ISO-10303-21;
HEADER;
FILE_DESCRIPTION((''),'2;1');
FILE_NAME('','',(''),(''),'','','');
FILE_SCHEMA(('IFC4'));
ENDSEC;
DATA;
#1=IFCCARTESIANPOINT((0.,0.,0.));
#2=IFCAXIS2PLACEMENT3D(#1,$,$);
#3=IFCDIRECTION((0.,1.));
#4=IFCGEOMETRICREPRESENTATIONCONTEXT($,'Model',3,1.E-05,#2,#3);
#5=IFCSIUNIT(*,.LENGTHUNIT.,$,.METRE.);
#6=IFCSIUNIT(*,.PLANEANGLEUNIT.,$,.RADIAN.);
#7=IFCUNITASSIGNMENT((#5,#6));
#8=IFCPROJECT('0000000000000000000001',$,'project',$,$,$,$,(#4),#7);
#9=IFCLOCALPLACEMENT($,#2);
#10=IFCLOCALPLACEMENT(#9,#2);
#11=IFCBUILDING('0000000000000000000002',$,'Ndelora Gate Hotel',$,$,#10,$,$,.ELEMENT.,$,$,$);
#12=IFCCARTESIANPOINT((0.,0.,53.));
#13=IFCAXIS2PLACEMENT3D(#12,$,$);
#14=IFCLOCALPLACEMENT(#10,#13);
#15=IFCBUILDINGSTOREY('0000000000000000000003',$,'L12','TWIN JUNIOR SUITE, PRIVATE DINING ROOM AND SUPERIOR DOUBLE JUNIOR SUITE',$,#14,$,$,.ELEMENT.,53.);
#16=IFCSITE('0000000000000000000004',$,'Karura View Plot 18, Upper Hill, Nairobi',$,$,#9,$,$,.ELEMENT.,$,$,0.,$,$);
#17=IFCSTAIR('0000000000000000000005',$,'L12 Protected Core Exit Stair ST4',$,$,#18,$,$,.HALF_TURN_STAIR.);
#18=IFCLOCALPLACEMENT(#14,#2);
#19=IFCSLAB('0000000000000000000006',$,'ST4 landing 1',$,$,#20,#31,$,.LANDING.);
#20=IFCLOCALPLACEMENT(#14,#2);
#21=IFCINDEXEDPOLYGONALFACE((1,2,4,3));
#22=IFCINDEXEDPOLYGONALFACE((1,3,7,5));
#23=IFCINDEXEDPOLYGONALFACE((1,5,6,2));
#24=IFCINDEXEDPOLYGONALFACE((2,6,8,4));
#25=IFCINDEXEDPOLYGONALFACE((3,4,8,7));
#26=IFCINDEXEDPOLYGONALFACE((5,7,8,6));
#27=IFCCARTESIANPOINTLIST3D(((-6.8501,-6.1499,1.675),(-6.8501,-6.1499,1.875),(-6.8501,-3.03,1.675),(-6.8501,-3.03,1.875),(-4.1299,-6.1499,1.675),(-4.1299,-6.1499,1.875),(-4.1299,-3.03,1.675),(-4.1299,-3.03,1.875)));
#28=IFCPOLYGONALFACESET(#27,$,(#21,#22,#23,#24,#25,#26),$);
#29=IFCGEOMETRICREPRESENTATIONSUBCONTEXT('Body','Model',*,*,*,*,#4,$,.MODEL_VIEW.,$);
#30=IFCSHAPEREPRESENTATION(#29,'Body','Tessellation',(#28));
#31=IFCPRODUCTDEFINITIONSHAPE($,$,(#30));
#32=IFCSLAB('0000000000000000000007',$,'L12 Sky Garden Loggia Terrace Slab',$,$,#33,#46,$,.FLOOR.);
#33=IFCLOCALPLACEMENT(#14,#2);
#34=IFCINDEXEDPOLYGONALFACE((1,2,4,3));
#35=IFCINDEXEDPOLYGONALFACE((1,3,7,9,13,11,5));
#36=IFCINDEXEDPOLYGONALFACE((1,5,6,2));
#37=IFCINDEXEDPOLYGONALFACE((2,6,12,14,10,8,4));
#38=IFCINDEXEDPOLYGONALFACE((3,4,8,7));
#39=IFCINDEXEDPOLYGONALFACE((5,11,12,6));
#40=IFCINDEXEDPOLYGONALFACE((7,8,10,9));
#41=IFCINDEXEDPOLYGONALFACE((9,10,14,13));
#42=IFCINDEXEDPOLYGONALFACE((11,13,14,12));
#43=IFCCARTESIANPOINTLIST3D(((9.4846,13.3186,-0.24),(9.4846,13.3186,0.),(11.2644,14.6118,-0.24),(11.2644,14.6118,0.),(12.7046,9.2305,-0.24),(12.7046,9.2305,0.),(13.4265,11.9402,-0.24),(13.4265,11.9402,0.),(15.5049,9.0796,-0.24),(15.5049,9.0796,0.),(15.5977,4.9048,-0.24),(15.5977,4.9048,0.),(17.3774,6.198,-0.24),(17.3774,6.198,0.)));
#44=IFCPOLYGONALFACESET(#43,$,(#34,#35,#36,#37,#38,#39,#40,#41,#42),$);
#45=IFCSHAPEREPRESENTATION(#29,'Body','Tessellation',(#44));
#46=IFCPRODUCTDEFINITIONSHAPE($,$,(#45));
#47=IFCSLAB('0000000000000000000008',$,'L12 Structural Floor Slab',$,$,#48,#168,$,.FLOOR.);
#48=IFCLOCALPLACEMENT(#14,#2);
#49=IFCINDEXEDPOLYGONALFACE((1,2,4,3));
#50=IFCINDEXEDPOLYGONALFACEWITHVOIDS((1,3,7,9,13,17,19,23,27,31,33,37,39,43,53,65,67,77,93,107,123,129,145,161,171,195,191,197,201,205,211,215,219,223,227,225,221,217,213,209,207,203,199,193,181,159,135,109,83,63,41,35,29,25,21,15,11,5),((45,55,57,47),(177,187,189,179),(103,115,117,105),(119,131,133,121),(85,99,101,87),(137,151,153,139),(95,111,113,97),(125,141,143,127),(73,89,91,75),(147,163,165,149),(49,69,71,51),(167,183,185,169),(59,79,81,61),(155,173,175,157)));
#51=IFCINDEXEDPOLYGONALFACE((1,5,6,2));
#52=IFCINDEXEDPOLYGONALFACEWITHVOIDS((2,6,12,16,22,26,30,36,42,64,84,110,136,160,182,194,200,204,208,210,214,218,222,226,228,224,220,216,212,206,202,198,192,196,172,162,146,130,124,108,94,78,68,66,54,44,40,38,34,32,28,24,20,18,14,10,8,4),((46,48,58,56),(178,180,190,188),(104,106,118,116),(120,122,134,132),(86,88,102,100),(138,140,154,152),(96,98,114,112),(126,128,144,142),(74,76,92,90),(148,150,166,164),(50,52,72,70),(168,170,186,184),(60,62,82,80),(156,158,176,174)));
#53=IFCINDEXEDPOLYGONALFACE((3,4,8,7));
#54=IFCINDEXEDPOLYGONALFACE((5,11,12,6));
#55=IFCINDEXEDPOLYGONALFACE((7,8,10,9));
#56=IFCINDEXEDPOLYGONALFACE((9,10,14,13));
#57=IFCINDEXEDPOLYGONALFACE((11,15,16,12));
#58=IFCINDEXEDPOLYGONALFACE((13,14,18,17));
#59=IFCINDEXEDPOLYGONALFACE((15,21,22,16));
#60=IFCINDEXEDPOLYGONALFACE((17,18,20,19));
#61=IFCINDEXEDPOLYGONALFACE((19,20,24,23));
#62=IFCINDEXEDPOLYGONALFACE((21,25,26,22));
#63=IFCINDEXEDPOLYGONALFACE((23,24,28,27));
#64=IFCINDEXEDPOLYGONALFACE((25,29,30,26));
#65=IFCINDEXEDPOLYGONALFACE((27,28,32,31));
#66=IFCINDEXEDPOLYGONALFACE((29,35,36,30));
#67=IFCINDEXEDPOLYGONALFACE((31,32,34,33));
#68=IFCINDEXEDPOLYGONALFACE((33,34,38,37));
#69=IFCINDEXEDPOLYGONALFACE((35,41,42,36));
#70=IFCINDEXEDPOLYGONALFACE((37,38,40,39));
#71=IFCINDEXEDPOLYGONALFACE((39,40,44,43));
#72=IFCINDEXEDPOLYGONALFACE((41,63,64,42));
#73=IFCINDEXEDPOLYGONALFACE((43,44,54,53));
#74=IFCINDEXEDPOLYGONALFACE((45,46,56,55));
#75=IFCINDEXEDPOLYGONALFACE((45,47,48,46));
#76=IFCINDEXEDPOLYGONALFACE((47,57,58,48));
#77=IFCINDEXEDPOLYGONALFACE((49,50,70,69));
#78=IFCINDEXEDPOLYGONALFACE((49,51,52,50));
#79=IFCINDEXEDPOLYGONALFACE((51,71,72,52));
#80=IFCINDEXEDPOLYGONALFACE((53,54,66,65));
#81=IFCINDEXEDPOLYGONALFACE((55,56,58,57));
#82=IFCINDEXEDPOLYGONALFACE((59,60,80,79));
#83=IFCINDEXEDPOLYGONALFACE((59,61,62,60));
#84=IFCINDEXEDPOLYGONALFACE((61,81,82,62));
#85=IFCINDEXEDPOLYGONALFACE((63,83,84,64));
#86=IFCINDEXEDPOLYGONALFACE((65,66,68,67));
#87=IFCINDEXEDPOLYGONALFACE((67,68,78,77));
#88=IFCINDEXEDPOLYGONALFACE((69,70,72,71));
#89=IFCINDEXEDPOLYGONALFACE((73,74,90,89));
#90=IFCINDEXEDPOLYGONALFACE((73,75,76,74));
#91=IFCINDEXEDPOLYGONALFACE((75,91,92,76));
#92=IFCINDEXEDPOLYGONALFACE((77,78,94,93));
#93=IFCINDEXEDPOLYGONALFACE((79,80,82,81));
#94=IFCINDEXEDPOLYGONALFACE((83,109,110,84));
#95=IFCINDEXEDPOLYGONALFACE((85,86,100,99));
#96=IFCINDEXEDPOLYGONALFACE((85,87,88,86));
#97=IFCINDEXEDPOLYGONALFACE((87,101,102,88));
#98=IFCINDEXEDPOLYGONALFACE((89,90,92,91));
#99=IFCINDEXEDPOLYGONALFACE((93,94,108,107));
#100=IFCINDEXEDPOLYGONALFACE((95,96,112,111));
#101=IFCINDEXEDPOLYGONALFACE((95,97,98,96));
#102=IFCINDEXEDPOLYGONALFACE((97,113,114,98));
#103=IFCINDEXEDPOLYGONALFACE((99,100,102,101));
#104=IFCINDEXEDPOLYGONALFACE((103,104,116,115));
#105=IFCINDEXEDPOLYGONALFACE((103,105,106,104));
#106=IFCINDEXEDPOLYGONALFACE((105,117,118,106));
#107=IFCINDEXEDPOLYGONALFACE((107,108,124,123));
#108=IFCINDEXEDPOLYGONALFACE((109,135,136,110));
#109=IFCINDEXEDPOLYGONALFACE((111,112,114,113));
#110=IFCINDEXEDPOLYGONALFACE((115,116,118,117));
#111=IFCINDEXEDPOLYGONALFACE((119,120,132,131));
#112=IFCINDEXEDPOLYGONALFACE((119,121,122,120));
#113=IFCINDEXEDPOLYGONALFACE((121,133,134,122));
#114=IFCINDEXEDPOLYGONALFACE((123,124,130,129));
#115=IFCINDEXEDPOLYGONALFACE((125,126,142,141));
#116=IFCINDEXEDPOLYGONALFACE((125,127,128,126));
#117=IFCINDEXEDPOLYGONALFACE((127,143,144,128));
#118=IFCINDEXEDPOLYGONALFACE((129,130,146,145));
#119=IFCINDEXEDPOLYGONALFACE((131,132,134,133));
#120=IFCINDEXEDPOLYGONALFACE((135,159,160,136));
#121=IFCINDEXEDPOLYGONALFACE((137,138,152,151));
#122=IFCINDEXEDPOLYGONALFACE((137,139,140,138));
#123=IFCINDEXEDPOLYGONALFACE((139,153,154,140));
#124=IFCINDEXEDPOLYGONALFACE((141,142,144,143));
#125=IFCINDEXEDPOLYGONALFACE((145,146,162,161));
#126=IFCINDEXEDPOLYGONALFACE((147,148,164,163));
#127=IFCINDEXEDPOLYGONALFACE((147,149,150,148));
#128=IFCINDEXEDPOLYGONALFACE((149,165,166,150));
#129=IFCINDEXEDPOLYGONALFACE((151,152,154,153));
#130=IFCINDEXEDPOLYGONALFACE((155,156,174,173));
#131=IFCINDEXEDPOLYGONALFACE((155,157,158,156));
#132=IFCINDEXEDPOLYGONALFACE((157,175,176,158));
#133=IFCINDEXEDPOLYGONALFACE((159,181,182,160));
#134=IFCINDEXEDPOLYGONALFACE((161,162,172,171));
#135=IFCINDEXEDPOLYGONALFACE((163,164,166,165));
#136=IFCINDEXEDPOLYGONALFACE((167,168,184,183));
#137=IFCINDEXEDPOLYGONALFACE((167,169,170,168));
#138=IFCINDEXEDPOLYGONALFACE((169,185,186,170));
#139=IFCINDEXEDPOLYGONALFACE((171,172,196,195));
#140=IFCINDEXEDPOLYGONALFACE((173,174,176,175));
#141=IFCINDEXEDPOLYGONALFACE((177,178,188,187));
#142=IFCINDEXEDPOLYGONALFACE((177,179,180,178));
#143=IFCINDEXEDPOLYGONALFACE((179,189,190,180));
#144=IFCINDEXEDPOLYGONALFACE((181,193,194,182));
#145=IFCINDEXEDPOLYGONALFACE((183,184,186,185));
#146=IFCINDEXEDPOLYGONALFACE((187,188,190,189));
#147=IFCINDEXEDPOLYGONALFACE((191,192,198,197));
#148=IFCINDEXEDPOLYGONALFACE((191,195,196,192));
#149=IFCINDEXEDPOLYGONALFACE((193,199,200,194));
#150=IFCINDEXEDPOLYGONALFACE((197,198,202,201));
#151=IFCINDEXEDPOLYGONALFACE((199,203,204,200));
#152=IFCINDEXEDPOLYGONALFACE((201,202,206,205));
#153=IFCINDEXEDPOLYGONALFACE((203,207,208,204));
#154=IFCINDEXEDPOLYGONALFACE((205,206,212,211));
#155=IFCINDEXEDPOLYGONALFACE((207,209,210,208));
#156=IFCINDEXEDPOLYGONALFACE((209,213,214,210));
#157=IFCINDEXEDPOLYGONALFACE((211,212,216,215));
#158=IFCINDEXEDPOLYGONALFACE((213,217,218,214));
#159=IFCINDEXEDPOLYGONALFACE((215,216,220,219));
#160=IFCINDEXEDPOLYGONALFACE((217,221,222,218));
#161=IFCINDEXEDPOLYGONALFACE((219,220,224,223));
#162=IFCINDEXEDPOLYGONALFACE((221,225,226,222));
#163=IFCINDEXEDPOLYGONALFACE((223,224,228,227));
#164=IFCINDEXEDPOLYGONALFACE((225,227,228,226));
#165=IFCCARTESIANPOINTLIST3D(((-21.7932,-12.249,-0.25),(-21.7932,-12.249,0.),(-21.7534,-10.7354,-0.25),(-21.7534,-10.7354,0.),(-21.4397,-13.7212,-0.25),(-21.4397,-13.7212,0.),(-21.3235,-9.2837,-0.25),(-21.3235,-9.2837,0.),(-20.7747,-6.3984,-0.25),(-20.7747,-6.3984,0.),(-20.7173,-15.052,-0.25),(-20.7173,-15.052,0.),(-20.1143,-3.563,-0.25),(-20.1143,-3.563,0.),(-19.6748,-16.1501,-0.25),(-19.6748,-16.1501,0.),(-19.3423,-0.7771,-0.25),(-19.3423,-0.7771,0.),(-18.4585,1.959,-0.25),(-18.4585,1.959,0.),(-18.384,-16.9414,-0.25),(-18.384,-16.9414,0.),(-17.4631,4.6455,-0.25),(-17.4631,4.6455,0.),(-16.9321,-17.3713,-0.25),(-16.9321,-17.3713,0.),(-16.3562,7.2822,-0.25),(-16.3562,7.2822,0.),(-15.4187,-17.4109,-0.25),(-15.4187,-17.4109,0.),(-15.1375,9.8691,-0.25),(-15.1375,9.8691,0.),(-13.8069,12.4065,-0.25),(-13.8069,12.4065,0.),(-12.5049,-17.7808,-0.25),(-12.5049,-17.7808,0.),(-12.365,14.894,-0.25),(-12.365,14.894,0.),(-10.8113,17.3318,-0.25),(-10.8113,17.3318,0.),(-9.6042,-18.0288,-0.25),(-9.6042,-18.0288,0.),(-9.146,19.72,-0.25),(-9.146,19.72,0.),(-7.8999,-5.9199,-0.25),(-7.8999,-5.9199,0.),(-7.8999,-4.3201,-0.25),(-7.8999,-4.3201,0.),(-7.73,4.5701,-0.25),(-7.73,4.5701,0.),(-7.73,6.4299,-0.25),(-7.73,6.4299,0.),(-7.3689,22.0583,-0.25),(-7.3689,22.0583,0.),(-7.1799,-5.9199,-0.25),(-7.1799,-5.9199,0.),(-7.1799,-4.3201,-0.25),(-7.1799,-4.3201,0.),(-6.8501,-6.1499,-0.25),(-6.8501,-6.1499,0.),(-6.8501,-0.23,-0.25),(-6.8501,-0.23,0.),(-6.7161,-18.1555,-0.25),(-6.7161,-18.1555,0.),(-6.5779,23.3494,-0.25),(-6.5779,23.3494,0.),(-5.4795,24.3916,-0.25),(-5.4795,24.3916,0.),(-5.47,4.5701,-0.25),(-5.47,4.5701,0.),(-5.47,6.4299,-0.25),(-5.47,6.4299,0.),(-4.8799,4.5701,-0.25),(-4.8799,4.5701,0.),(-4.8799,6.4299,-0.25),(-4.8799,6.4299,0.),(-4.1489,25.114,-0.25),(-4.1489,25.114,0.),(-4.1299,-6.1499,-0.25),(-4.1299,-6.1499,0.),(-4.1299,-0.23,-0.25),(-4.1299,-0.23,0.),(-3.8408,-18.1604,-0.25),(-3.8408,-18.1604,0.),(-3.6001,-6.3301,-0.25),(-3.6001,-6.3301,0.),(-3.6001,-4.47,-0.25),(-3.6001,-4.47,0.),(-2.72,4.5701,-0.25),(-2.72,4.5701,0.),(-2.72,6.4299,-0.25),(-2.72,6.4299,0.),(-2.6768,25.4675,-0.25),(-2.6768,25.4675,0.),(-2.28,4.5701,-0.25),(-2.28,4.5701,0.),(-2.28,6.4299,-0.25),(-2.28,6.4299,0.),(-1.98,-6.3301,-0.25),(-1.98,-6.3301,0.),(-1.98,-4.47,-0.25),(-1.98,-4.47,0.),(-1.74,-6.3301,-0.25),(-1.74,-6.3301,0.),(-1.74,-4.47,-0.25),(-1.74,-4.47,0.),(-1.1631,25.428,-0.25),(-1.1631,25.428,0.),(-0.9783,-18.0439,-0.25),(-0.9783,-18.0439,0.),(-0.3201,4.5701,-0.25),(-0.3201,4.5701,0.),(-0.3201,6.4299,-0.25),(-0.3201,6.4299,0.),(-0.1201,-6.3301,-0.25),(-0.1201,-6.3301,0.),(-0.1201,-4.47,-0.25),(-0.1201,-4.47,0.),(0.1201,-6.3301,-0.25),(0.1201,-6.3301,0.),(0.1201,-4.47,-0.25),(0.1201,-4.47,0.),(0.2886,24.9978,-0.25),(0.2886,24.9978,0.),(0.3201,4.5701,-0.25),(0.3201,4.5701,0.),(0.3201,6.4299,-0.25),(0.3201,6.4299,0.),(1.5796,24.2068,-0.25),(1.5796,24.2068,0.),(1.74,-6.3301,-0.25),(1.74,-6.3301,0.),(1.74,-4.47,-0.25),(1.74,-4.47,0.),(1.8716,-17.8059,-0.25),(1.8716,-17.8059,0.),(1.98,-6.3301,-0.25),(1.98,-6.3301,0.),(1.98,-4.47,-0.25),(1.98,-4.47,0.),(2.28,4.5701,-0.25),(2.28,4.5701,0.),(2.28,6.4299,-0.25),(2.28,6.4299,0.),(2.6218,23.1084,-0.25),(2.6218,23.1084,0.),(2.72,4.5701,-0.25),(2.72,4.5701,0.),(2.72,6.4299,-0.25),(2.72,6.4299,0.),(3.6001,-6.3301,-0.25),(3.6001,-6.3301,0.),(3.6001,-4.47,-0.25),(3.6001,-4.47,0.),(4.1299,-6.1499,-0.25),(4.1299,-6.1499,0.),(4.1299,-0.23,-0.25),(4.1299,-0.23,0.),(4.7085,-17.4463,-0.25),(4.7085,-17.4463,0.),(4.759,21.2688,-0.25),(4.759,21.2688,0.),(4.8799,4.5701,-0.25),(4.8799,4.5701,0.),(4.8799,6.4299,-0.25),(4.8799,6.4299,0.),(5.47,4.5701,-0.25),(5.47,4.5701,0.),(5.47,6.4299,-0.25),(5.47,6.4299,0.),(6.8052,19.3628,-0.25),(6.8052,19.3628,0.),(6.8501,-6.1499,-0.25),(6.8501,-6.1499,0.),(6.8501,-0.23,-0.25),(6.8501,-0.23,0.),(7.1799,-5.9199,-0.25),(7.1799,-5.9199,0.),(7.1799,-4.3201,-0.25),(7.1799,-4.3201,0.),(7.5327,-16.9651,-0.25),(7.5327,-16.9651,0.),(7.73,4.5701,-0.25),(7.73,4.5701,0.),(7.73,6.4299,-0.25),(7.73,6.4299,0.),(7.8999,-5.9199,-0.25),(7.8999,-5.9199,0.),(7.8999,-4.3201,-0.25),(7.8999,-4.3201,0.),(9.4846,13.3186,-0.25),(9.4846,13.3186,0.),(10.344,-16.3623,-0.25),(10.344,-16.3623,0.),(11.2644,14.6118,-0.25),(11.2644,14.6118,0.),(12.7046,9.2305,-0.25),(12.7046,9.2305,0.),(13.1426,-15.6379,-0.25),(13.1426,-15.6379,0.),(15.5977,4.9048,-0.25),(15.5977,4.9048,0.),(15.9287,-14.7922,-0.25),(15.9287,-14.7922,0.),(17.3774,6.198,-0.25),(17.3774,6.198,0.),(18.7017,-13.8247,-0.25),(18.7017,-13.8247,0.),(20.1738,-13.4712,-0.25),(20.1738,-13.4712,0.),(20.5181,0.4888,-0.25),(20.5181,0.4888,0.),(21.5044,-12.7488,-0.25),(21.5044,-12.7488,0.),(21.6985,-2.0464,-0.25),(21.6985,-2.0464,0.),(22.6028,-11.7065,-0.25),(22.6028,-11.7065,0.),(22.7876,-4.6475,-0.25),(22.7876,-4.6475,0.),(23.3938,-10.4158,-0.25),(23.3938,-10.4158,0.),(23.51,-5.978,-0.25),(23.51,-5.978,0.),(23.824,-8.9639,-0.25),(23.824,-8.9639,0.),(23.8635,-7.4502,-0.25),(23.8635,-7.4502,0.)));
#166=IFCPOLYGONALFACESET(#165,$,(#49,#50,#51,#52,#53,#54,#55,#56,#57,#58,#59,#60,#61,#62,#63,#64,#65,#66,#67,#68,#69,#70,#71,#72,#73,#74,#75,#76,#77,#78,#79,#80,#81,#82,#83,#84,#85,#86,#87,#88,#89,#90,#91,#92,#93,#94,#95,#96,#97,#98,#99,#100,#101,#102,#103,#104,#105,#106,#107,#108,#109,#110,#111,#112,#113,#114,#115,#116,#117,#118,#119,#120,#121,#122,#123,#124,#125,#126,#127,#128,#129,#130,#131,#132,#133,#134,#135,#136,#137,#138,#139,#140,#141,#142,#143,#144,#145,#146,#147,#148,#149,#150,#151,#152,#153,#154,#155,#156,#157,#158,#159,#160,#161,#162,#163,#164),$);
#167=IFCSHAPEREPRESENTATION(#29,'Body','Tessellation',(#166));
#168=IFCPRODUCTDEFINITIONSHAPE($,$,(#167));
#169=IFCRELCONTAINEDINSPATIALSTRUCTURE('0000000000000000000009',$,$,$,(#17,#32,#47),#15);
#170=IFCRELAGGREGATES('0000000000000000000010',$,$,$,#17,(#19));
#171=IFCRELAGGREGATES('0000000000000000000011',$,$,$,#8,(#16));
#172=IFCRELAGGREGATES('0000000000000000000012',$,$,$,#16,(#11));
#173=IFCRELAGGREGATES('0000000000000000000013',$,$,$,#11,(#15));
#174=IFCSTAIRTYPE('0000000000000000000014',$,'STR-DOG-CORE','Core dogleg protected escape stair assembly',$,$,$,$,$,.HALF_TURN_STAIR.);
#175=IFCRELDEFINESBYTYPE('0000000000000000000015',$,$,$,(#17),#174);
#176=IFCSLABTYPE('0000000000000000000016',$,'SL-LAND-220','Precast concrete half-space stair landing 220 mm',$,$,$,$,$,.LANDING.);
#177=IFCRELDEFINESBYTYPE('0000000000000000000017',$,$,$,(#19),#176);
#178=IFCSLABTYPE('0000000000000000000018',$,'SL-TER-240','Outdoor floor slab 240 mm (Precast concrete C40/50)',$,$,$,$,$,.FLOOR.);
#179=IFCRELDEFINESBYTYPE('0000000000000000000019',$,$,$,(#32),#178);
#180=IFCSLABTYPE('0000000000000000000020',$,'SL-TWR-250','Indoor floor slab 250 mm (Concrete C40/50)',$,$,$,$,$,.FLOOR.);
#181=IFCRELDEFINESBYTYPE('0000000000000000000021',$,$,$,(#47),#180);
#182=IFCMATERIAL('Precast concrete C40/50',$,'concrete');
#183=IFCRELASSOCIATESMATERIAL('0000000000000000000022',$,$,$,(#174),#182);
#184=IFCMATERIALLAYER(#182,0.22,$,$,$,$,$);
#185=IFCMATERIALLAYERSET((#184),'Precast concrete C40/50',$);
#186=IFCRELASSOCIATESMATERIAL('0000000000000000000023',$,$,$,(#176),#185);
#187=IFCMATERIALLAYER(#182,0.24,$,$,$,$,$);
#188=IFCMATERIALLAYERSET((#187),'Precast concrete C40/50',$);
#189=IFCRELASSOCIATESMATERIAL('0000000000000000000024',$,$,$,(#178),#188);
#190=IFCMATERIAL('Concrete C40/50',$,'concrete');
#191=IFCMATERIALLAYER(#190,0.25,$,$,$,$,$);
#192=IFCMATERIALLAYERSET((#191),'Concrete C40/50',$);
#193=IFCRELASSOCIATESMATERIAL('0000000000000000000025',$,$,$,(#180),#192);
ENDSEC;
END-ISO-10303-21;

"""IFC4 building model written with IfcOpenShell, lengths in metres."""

from ifc_helpers import new_model, si_unit, direction, frame, origin, place, context, subcontext, project, spatial, polyline, outline, extrude, material, layer, layer_set, type_object, element, aggregate, save


model = new_model("IFC4")

# Units and contexts
model_context = context("Model", 3, precision=1e-05, world=origin(), true_north=direction((0.0, 1.0)))
body_context = subcontext(model_context, "Body", "Model", "MODEL_VIEW")
ifc_project = project(units=[si_unit("LENGTHUNIT", "METRE"), si_unit("PLANEANGLEUNIT", "RADIAN")], contexts=[model_context])

# Site, building, storey
site_placement = place(None, origin())
site = spatial("IfcSite", under=ifc_project, at=site_placement, Name="Karura View Plot 18, Upper Hill, Nairobi", CompositionType="ELEMENT", RefElevation=0.0)
building_placement = place(site_placement, origin())
building = spatial("IfcBuilding", under=site, at=building_placement, Name="Ndelora Gate Hotel", CompositionType="ELEMENT")
storey_placement = place(building_placement, frame((0.0, 0.0, 53.0)))
storey = spatial("IfcBuildingStorey", under=building, at=storey_placement, Name="L12", Description="TWIN JUNIOR SUITE, PRIVATE DINING ROOM AND SUPERIOR DOUBLE JUNIOR SUITE", CompositionType="ELEMENT", Elevation=53.0)

# Stair, slab
ifc_material_1 = material(Name="Precast concrete C40/50", Category="concrete")
stair_type = type_object("IfcStairType", Name="STR-DOG-CORE", Description="Core dogleg protected escape stair assembly", PredefinedType="HALF_TURN_STAIR", material=ifc_material_1)
stair_placement = place(storey_placement, origin())
stair = element("IfcStair", 1, at=stair_placement, inside=storey, type_object=stair_type, Name="L12 Protected Core Exit Stair ST4", PredefinedType="HALF_TURN_STAIR")
ifc_layer_1 = layer(ifc_material_1, 0.22)
ifc_layer_set_1 = layer_set([ifc_layer_1], Name="Precast concrete C40/50")
slab_type_1 = type_object("IfcSlabType", Name="SL-LAND-220", Description="Precast concrete half-space stair landing 220 mm", PredefinedType="LANDING", material=ifc_layer_set_1)
slab_1_placement = place(storey_placement, frame((0.0, 0.0, 1.675)))
slab_1 = element("IfcSlab", 2, at=slab_1_placement, type_object=slab_type_1, Name="ST4 landing 1", PredefinedType="LANDING", context=body_context, shape_type="SweptSolid", body=[
    extrude(outline(polyline([(-6.8501, -3.03), (-6.8501, -6.1499), (-4.1299, -6.1499), (-4.1299, -3.03), (-6.8501, -3.03)])), origin(), (0.0, 0.0, 1.0), 0.2),
])

# Slabs
ifc_layer_2 = layer(ifc_material_1, 0.24)
ifc_layer_set_2 = layer_set([ifc_layer_2], Name="Precast concrete C40/50")
slab_type_2 = type_object("IfcSlabType", Name="SL-TER-240", Description="Outdoor floor slab 240 mm (Precast concrete C40/50)", PredefinedType="FLOOR", material=ifc_layer_set_2)
slab_2_placement = place(storey_placement, frame((0.0, 0.0, -0.24)))
element("IfcSlab", 3, at=slab_2_placement, inside=storey, type_object=slab_type_2, Name="L12 Sky Garden Loggia Terrace Slab", PredefinedType="FLOOR", context=body_context, shape_type="SweptSolid", body=[
    extrude(outline(polyline([(15.5977, 4.9048), (17.3774, 6.198), (15.5049, 9.0796), (13.4265, 11.9402), (11.2644, 14.6118), (9.4846, 13.3186), (12.7046, 9.2305), (15.5977, 4.9048)])), origin(), (0.0, 0.0, 1.0), 0.24),
])
ifc_material_2 = material(Name="Concrete C40/50", Category="concrete")
ifc_layer_3 = layer(ifc_material_2, 0.25)
ifc_layer_set_3 = layer_set([ifc_layer_3], Name="Concrete C40/50")
slab_type_3 = type_object("IfcSlabType", Name="SL-TWR-250", Description="Indoor floor slab 250 mm (Concrete C40/50)", PredefinedType="FLOOR", material=ifc_layer_set_3)
slab_3_placement = place(storey_placement, frame((0.0, 0.0, -0.25)))
element("IfcSlab", 4, at=slab_3_placement, inside=storey, type_object=slab_type_3, Name="L12 Structural Floor Slab", PredefinedType="FLOOR", context=body_context, shape_type="SweptSolid", body=[
    extrude(outline(polyline([(2.6218, 23.1084), (1.5796, 24.2068), (0.2886, 24.9978), (-1.1631, 25.428), (-2.6768, 25.4675), (-4.1489, 25.114), (-5.4795, 24.3916), (-6.5779, 23.3494), (-7.3689, 22.0583), (-9.146, 19.72), (-10.8113, 17.3318), (-12.365, 14.894), (-13.8069, 12.4065), (-15.1375, 9.8691), (-16.3562, 7.2822), (-17.4631, 4.6455), (-18.4585, 1.959), (-19.3423, -0.7771), (-20.1143, -3.563), (-20.7747, -6.3984), (-21.3235, -9.2837), (-21.7534, -10.7354), (-21.7932, -12.249), (-21.4397, -13.7212), (-20.7173, -15.052), (-19.6748, -16.1501), (-18.384, -16.9414), (-16.9321, -17.3713), (-15.4187, -17.4109), (-12.5049, -17.7808), (-9.6042, -18.0288), (-6.7161, -18.1555), (-3.8408, -18.1604), (-0.9783, -18.0439), (1.8716, -17.8059), (4.7085, -17.4463), (7.5327, -16.9651), (10.344, -16.3623), (13.1426, -15.6379), (15.9287, -14.7922), (18.7017, -13.8247), (20.1738, -13.4712), (21.5044, -12.7488), (22.6028, -11.7065), (23.3938, -10.4158), (23.824, -8.9639), (23.8635, -7.4502), (23.51, -5.978), (22.7876, -4.6475), (21.6985, -2.0464), (20.5181, 0.4888), (17.3774, 6.198), (15.5977, 4.9048), (12.7046, 9.2305), (9.4846, 13.3186), (11.2644, 14.6118), (6.8052, 19.3628), (4.759, 21.2688), (2.6218, 23.1084)]), holes=[polyline([(-6.8501, -0.23), (-6.8501, -6.1499), (-4.1299, -6.1499), (-4.1299, -0.23), (-6.8501, -0.23)]), polyline([(4.1299, -0.23), (4.1299, -6.1499), (6.8501, -6.1499), (6.8501, -0.23), (4.1299, -0.23)]), polyline([(-7.73, 4.5701), (-5.47, 4.5701), (-5.47, 6.4299), (-7.73, 6.4299), (-7.73, 4.5701)]), polyline([(5.47, 4.5701), (7.73, 4.5701), (7.73, 6.4299), (5.47, 6.4299), (5.47, 4.5701)]), polyline([(-4.8799, 4.5701), (-2.72, 4.5701), (-2.72, 6.4299), (-4.8799, 6.4299), (-4.8799, 4.5701)]), polyline([(2.72, 4.5701), (4.8799, 4.5701), (4.8799, 6.4299), (2.72, 6.4299), (2.72, 4.5701)]), polyline([(-3.6001, -6.3301), (-1.98, -6.3301), (-1.98, -4.47), (-3.6001, -4.47), (-3.6001, -6.3301)]), polyline([(-1.74, -6.3301), (-0.1201, -6.3301), (-0.1201, -4.47), (-1.74, -4.47), (-1.74, -6.3301)]), polyline([(0.1201, -6.3301), (1.74, -6.3301), (1.74, -4.47), (0.1201, -4.47), (0.1201, -6.3301)]), polyline([(1.98, -6.3301), (3.6001, -6.3301), (3.6001, -4.47), (1.98, -4.47), (1.98, -6.3301)]), polyline([(-2.28, 4.5701), (-0.3201, 4.5701), (-0.3201, 6.4299), (-2.28, 6.4299), (-2.28, 4.5701)]), polyline([(0.3201, 4.5701), (2.28, 4.5701), (2.28, 6.4299), (0.3201, 6.4299), (0.3201, 4.5701)]), polyline([(-7.8999, -5.9199), (-7.1799, -5.9199), (-7.1799, -4.3201), (-7.8999, -4.3201), (-7.8999, -5.9199)]), polyline([(7.1799, -5.9199), (7.8999, -5.9199), (7.8999, -4.3201), (7.1799, -4.3201), (7.1799, -5.9199)])]), origin(), (0.0, 0.0, 1.0), 0.25),
])

aggregate(stair, [slab_1])

save(model, "model.ifc")
